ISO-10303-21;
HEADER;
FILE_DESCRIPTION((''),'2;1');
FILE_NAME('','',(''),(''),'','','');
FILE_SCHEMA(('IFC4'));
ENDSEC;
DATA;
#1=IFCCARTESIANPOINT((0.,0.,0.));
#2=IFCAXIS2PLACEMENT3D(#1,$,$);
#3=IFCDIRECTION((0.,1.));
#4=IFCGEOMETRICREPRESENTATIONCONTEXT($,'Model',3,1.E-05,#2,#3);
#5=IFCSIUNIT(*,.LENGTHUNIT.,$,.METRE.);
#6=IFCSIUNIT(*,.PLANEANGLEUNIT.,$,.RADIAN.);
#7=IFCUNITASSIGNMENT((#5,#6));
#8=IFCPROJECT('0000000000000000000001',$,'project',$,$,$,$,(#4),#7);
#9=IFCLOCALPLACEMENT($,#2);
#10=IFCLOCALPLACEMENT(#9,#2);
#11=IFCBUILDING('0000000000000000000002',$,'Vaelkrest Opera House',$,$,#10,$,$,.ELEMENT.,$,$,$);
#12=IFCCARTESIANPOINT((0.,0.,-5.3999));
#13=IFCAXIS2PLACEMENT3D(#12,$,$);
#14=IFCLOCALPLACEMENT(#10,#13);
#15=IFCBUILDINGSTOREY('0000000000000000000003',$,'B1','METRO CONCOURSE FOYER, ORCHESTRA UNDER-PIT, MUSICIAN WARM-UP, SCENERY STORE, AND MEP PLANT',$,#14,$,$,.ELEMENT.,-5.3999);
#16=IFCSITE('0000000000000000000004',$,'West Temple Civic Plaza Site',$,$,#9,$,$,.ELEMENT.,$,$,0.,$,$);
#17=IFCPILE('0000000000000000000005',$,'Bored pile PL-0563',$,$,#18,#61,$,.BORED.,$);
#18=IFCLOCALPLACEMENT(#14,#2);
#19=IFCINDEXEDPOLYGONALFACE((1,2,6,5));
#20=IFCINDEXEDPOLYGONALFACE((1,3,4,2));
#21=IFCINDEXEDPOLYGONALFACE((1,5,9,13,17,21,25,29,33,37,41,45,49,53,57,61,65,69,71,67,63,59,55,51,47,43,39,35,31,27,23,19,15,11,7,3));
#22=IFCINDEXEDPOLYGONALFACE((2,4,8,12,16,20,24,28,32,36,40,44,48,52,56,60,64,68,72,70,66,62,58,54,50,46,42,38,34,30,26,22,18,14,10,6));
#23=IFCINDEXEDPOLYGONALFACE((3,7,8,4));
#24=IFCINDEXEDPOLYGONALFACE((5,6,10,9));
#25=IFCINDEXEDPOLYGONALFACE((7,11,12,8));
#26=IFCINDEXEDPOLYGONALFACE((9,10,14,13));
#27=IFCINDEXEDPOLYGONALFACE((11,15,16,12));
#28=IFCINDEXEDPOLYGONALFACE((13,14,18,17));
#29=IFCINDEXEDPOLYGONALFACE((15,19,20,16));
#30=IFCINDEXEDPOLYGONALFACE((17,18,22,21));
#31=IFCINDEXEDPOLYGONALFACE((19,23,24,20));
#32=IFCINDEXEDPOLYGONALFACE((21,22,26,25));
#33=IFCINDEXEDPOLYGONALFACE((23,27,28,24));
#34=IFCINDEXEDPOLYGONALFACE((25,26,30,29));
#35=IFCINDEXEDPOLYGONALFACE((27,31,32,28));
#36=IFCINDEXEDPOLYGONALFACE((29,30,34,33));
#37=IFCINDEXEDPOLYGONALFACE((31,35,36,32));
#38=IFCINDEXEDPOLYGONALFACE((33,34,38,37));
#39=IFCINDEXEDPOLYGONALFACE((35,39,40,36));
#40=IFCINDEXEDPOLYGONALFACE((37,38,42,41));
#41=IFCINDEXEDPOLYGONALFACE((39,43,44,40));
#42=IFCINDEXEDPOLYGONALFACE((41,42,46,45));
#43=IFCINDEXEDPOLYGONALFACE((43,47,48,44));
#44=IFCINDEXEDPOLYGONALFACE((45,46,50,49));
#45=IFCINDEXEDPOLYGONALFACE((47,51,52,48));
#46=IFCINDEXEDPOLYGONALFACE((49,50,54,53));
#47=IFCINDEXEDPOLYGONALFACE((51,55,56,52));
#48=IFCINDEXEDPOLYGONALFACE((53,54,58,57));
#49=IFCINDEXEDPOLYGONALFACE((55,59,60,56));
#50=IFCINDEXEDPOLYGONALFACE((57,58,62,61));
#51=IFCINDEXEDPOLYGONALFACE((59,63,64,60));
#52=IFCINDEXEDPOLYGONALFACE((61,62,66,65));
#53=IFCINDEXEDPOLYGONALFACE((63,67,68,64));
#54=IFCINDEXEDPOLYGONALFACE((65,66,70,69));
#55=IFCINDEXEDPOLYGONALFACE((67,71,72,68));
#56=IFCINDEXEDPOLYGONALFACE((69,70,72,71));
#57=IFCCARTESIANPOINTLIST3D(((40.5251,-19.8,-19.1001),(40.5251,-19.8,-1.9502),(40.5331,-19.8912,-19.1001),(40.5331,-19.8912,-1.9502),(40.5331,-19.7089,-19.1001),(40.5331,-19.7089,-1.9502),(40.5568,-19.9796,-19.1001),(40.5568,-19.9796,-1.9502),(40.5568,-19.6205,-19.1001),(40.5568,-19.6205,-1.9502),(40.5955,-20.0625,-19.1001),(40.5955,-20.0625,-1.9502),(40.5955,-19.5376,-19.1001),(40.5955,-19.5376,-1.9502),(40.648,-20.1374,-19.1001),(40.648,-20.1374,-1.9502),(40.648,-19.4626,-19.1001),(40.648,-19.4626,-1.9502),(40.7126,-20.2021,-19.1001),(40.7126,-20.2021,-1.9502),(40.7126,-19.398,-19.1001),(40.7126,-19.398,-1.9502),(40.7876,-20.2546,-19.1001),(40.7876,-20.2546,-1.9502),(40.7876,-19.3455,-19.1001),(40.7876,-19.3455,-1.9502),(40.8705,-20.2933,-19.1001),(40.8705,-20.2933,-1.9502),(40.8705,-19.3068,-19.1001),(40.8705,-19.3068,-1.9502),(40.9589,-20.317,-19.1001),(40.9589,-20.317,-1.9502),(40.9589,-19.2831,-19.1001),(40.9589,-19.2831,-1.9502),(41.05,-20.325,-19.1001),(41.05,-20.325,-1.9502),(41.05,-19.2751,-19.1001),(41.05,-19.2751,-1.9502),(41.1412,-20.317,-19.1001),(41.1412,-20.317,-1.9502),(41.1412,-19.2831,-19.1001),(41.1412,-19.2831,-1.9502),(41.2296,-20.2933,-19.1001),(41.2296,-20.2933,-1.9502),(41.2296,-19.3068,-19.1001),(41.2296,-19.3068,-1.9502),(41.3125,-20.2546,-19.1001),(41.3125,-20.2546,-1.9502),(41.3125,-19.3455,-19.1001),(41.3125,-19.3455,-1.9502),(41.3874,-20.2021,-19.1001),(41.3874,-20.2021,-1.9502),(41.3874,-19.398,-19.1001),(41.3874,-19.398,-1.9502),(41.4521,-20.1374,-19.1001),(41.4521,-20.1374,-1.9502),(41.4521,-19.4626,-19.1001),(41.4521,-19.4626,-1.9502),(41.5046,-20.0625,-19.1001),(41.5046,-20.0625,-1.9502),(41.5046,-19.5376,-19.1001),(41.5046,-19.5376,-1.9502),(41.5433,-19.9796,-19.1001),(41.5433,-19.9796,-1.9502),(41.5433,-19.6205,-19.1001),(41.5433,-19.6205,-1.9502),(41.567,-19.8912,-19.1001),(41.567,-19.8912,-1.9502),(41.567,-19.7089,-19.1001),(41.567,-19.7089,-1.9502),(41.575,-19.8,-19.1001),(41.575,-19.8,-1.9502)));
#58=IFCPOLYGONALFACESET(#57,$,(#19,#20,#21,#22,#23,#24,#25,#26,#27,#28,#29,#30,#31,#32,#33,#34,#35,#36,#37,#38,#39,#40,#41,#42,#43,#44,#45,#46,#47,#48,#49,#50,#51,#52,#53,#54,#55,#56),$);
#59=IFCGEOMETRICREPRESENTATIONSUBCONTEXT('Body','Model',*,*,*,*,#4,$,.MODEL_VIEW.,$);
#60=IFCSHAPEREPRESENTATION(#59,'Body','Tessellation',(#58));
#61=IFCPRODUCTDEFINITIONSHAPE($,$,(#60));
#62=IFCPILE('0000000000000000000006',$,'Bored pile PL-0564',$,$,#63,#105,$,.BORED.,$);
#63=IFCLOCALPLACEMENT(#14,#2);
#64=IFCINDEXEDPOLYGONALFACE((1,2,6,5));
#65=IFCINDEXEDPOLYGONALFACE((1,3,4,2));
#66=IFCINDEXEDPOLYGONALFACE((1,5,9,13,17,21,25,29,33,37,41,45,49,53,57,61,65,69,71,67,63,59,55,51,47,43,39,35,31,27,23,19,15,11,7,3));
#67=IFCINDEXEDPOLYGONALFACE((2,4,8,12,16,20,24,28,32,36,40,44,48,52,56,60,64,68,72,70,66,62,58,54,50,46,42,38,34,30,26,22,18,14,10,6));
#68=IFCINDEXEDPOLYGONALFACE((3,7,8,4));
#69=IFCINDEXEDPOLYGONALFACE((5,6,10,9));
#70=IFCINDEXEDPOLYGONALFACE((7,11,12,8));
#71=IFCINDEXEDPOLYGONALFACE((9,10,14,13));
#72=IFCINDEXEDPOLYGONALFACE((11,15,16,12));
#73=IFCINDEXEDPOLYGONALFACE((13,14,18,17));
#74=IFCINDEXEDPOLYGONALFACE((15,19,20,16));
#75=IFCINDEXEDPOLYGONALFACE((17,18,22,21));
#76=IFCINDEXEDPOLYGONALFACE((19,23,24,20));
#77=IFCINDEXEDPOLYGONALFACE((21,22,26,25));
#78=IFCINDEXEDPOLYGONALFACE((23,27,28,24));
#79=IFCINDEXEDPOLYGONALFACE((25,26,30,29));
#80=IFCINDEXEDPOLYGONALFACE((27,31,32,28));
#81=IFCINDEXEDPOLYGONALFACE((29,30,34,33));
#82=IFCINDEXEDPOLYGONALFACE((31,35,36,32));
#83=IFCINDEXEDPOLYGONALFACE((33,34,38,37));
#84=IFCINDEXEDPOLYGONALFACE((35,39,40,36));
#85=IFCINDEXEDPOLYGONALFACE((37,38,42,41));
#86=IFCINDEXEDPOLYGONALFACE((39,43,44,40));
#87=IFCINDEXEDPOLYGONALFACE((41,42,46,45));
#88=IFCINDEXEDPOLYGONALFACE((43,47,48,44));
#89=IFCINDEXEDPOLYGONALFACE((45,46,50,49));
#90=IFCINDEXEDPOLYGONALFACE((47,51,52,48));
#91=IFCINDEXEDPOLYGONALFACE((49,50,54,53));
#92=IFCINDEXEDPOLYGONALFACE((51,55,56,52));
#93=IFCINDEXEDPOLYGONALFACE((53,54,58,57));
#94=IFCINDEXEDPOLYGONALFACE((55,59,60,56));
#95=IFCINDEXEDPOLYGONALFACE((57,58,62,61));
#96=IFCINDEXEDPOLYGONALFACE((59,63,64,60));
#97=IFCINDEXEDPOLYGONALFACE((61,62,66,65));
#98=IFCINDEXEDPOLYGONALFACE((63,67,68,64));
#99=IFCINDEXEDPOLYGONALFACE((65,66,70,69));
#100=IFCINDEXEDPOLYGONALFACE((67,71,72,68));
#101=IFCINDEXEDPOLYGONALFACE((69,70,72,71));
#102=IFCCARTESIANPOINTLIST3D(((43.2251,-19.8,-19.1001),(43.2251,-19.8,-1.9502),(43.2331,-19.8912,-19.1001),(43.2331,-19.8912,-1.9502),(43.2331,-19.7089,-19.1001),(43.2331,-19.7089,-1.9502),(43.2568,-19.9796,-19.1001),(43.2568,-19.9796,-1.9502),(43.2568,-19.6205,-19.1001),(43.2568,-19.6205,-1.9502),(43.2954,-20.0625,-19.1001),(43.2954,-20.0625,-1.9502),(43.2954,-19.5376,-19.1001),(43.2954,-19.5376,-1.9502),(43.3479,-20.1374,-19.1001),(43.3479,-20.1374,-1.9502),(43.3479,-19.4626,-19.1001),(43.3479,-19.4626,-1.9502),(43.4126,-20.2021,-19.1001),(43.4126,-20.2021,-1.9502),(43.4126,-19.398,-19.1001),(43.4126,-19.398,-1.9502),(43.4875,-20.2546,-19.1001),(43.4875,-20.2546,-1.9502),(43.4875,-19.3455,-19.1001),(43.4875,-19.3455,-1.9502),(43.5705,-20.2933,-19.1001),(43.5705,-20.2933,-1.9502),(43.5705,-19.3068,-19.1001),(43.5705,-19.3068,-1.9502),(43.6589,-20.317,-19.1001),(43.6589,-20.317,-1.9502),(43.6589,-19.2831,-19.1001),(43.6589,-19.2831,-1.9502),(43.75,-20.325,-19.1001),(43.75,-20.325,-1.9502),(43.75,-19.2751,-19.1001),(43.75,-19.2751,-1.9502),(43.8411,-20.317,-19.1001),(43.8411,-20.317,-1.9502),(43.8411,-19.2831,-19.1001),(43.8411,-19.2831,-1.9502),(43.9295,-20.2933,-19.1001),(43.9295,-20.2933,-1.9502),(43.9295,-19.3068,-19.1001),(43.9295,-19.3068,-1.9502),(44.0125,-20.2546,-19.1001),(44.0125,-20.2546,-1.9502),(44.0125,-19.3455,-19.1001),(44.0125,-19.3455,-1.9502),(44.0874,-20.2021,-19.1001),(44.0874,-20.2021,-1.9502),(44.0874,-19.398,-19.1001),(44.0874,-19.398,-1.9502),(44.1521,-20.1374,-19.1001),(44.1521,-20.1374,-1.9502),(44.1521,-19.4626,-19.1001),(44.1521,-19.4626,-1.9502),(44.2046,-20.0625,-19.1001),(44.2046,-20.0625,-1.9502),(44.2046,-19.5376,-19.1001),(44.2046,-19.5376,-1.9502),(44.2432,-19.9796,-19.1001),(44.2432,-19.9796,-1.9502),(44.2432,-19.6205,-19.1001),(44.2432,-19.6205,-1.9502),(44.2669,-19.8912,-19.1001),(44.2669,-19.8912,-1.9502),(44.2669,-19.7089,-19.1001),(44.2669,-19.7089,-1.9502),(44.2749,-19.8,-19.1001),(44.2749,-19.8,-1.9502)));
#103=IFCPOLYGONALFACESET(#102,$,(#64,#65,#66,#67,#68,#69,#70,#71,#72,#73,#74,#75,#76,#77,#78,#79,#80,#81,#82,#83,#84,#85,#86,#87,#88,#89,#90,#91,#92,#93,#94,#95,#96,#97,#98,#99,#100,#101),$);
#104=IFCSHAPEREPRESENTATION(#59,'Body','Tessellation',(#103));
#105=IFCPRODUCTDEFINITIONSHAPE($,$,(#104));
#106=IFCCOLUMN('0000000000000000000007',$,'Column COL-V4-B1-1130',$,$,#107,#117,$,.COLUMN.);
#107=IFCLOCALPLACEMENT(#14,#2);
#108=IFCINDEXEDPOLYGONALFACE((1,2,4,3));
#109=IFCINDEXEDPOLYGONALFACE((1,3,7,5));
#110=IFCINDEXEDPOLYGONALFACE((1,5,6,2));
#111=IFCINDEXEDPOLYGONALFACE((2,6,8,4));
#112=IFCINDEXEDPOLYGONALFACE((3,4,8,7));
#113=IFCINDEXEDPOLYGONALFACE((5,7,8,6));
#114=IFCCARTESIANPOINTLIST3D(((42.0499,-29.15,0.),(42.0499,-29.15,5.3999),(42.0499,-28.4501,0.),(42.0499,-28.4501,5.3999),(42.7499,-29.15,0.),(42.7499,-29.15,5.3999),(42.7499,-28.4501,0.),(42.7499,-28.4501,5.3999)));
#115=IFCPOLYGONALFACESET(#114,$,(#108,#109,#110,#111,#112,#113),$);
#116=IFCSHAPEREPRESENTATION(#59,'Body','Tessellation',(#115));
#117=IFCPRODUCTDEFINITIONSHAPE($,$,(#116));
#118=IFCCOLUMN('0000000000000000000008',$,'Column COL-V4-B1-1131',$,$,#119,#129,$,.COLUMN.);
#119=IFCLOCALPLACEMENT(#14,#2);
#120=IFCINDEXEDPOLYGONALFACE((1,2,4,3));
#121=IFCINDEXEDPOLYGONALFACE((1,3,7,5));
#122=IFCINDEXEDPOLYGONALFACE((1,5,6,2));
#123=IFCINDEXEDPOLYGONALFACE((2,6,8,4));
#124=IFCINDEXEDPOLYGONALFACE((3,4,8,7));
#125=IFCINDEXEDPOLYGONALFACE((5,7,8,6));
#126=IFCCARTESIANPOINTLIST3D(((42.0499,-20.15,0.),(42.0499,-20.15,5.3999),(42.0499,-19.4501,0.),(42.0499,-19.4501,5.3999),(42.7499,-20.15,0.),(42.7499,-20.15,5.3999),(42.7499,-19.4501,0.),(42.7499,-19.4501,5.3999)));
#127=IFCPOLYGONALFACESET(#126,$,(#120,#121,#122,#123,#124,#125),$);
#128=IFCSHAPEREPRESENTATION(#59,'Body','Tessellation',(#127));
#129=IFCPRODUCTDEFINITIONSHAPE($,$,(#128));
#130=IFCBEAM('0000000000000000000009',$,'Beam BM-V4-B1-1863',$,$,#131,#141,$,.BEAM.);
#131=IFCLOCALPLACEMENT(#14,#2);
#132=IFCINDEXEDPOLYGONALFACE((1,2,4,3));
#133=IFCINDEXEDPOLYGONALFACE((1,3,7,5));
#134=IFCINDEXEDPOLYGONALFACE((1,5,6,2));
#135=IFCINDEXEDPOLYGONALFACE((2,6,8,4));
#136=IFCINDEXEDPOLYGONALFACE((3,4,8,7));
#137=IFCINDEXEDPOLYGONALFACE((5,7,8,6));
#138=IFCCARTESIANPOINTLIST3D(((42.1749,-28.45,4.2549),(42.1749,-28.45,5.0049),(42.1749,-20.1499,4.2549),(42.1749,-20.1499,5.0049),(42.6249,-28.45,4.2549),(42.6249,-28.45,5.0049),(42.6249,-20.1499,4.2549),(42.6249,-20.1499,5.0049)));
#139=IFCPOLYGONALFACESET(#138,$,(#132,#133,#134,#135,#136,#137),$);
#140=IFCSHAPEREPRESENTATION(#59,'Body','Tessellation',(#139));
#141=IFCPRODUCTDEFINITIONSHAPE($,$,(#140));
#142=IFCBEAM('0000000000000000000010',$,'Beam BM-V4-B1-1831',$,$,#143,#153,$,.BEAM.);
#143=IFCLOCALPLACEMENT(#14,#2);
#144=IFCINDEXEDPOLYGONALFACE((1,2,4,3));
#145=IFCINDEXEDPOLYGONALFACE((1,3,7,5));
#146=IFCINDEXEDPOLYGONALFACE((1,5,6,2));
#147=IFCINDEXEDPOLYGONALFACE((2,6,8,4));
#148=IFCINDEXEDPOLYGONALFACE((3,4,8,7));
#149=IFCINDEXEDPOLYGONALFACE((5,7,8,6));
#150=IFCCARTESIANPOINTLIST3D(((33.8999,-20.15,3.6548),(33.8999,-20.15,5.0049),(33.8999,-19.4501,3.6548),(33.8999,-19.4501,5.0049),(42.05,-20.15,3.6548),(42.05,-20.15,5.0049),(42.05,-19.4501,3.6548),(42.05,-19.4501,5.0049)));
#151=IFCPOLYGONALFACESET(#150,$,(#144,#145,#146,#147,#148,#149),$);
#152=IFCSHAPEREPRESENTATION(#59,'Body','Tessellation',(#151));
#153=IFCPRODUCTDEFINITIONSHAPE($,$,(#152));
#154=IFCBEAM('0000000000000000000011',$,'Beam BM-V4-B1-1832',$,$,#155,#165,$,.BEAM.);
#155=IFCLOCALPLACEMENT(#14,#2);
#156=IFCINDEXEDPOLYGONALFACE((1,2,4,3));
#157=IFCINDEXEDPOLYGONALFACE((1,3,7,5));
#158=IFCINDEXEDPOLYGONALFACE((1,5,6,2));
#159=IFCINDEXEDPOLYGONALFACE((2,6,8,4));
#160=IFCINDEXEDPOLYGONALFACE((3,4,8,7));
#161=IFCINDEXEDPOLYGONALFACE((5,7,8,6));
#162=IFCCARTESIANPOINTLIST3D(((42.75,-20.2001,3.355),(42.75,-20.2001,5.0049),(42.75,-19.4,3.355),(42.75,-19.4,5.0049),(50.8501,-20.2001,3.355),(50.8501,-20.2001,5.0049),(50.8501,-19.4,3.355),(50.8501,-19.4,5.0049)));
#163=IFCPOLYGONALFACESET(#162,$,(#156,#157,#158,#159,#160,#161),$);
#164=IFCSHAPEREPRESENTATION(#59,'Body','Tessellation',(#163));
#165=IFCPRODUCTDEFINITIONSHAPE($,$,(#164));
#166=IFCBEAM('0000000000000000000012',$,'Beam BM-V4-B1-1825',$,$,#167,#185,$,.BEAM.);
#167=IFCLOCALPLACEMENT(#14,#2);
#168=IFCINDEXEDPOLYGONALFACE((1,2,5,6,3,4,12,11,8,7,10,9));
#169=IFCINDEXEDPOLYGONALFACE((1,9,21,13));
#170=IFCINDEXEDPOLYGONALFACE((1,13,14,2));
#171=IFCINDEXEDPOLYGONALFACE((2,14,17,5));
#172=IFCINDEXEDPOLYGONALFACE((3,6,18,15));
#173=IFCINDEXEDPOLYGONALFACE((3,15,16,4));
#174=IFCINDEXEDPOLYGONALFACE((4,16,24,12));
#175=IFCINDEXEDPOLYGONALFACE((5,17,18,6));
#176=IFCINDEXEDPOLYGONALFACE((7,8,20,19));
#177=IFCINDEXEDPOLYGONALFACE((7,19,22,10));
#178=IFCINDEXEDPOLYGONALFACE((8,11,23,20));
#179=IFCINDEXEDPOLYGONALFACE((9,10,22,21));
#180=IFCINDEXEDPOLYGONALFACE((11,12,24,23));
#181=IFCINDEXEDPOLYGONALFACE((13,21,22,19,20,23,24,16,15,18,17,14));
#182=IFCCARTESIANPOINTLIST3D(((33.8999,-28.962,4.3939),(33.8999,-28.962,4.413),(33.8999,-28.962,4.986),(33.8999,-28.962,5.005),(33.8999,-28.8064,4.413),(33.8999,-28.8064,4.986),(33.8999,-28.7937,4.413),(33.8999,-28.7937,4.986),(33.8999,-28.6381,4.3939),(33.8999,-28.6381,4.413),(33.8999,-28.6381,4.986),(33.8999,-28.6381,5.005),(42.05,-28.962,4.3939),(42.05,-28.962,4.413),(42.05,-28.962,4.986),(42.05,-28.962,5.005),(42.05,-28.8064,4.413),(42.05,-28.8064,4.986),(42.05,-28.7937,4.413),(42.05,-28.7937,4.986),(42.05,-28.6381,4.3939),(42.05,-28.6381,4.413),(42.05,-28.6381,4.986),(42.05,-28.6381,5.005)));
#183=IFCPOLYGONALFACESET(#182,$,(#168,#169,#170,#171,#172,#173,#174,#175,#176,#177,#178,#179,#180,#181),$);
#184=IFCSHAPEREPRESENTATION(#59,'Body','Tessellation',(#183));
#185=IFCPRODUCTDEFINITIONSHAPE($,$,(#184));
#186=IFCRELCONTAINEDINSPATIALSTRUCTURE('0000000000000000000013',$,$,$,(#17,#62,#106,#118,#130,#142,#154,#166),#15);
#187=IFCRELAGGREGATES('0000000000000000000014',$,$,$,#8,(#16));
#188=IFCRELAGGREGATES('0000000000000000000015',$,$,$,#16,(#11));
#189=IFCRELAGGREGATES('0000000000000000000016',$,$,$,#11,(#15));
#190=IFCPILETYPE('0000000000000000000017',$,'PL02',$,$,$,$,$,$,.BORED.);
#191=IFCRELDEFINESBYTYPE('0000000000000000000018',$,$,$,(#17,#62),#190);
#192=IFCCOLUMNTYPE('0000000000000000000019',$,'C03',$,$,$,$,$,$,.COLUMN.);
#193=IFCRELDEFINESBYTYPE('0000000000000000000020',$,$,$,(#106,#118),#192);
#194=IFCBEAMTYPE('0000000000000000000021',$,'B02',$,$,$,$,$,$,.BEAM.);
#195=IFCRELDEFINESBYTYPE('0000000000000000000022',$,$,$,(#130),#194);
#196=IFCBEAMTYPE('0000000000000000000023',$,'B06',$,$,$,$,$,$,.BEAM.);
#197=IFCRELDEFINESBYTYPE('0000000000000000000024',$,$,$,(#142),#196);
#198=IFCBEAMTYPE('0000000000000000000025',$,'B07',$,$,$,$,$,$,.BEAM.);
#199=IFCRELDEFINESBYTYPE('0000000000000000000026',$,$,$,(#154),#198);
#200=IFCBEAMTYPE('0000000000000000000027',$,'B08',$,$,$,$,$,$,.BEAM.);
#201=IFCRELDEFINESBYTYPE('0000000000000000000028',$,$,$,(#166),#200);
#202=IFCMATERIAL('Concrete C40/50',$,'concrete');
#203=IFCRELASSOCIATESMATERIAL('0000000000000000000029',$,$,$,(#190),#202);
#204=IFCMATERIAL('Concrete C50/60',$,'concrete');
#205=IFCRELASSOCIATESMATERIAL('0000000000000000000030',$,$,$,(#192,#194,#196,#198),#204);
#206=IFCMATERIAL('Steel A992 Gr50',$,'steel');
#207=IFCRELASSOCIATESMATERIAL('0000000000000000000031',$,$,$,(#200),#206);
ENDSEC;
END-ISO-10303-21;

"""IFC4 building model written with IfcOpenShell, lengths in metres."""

from ifc_helpers import new_model, si_unit, direction, frame, origin, origin_2d, place, context, subcontext, project, spatial, rectangle, circle, i_section, extrude, material, material_profile, profile_set, type_object, element, save


model = new_model("IFC4")

# Units and contexts
model_context = context("Model", 3, precision=1e-05, world=origin(), true_north=direction((0.0, 1.0)))
body_context = subcontext(model_context, "Body", "Model", "MODEL_VIEW")
ifc_project = project(units=[si_unit("LENGTHUNIT", "METRE"), si_unit("PLANEANGLEUNIT", "RADIAN")], contexts=[model_context])

# Site, building, storey
site_placement = place(None, origin())
site = spatial("IfcSite", under=ifc_project, at=site_placement, Name="West Temple Civic Plaza Site", CompositionType="ELEMENT", RefElevation=0.0)
building_placement = place(site_placement, origin())
building = spatial("IfcBuilding", under=site, at=building_placement, Name="Vaelkrest Opera House", CompositionType="ELEMENT")
storey_placement = place(building_placement, frame((0.0, 0.0, -5.3999)))
storey = spatial("IfcBuildingStorey", under=building, at=storey_placement, Name="B1", Description="METRO CONCOURSE FOYER, ORCHESTRA UNDER-PIT, MUSICIAN WARM-UP, SCENERY STORE, AND MEP PLANT", CompositionType="ELEMENT", Elevation=-5.3999)

# Shared definitions
ifc_material_1 = material(Name="Concrete C40/50", Category="concrete")

# Piles
ifc_material_profile_1 = material_profile(ifc_material_1, circle(Radius=0.5249, at=origin_2d()), Name="PILE1050")
ifc_profile_set_1 = profile_set([ifc_material_profile_1], Name="Concrete C40/50")
pile_type = type_object("IfcPileType", Name="PL02", PredefinedType="BORED", material=ifc_profile_set_1)
for number, where, z_axis, x_axis, name in (
    (1, (41.05, -19.8, -1.9502), (0.0, 0.0, -1.0), (1.0, 0.0, 0.0), "Bored pile PL-0563"),
    (2, (43.75, -19.8, -1.9502), (0.0, 0.0, -1.0), (1.0, 0.0, 0.0), "Bored pile PL-0564"),
):
    element("IfcPile", number, at=place(storey_placement, frame(where, z_axis=z_axis, x_axis=x_axis)), inside=storey, type_object=pile_type, Name=name, PredefinedType="BORED", context=body_context, shape_type="SweptSolid", body=[
        extrude(circle(Radius=0.5249, at=origin_2d()), origin(), (0.0, 0.0, 1.0), 17.1499),
    ])

# Columns
ifc_material_2 = material(Name="Concrete C50/60", Category="concrete")
ifc_material_profile_2 = material_profile(ifc_material_2, rectangle(XDim=0.7, YDim=0.7, at=origin_2d()), Name="RC700X700")
ifc_profile_set_2 = profile_set([ifc_material_profile_2], Name="Concrete C50/60")
column_type = type_object("IfcColumnType", Name="C03", PredefinedType="COLUMN", material=ifc_profile_set_2)
for number, where, z_axis, x_axis, name in (
    (3, (42.3999, -28.8, 0.0), (0.0, 0.0, 1.0), (1.0, 0.0, 0.0), "Column COL-V4-B1-1130"),
    (4, (42.3999, -19.8, 0.0), (0.0, 0.0, 1.0), (1.0, 0.0, 0.0), "Column COL-V4-B1-1131"),
):
    element("IfcColumn", number, at=place(storey_placement, frame(where, z_axis=z_axis, x_axis=x_axis)), inside=storey, type_object=column_type, Name=name, PredefinedType="COLUMN", context=body_context, shape_type="SweptSolid", body=[
        extrude(rectangle(XDim=0.7, YDim=0.7, at=origin_2d()), origin(), (0.0, 0.0, 1.0), 5.3999),
    ])

# Beams
ifc_material_profile_3 = material_profile(ifc_material_2, rectangle(XDim=0.45, YDim=0.75, at=origin_2d()), Name="RCB450X750")
ifc_profile_set_3 = profile_set([ifc_material_profile_3], Name="Concrete C50/60")
beam_type_1 = type_object("IfcBeamType", Name="B02", PredefinedType="BEAM", material=ifc_profile_set_3)
beam_1_placement = place(storey_placement, frame((42.3999, -28.45, 4.6299), z_axis=(0.0, 1.0, 0.0), x_axis=(-1.0, 0.0, 0.0)))
element("IfcBeam", 5, at=beam_1_placement, inside=storey, type_object=beam_type_1, Name="Beam BM-V4-B1-1863", PredefinedType="BEAM", context=body_context, shape_type="SweptSolid", body=[
    extrude(rectangle(XDim=0.45, YDim=0.75, at=origin_2d()), origin(), (0.0, 0.0, 1.0), 8.3),
])
ifc_material_profile_4 = material_profile(ifc_material_2, rectangle(XDim=0.7, YDim=1.3501, at=origin_2d()), Name="RCB700X1350")
ifc_profile_set_4 = profile_set([ifc_material_profile_4], Name="Concrete C50/60")
beam_type_2 = type_object("IfcBeamType", Name="B06", PredefinedType="BEAM", material=ifc_profile_set_4)
beam_2_placement = place(storey_placement, frame((33.8999, -19.8, 4.3298), z_axis=(1.0, 0.0, 0.0), x_axis=(0.0, 1.0, 0.0)))
element("IfcBeam", 6, at=beam_2_placement, inside=storey, type_object=beam_type_2, Name="Beam BM-V4-B1-1831", PredefinedType="BEAM", context=body_context, shape_type="SweptSolid", body=[
    extrude(rectangle(XDim=0.7, YDim=1.3501, at=origin_2d()), origin(), (0.0, 0.0, 1.0), 8.1501),
])
ifc_material_profile_5 = material_profile(ifc_material_2, rectangle(XDim=0.8, YDim=1.6499, at=origin_2d()), Name="RCB800X1650")
ifc_profile_set_5 = profile_set([ifc_material_profile_5], Name="Concrete C50/60")
beam_type_3 = type_object("IfcBeamType", Name="B07", PredefinedType="BEAM", material=ifc_profile_set_5)
beam_3_placement = place(storey_placement, frame((42.75, -19.8, 4.1799), z_axis=(1.0, 0.0, 0.0), x_axis=(0.0, 1.0, 0.0)))
element("IfcBeam", 7, at=beam_3_placement, inside=storey, type_object=beam_type_3, Name="Beam BM-V4-B1-1832", PredefinedType="BEAM", context=body_context, shape_type="SweptSolid", body=[
    extrude(rectangle(XDim=0.8, YDim=1.6499, at=origin_2d()), origin(), (0.0, 0.0, 1.0), 8.1001),
])
ifc_material_3 = material(Name="Steel A992 Gr50", Category="steel")
ifc_material_profile_6 = material_profile(ifc_material_3, i_section(OverallWidth=0.324, OverallDepth=0.6111, WebThickness=0.0127, FlangeThickness=0.019, at=origin_2d()), Name="W24X104")
ifc_profile_set_6 = profile_set([ifc_material_profile_6], Name="Steel A992 Gr50")
beam_type_4 = type_object("IfcBeamType", Name="B08", PredefinedType="BEAM", material=ifc_profile_set_6)
beam_4_placement = place(storey_placement, frame((33.8999, -28.8, 4.6995), z_axis=(1.0, 0.0, 0.0), x_axis=(0.0, 1.0, 0.0)))
element("IfcBeam", 8, at=beam_4_placement, inside=storey, type_object=beam_type_4, Name="Beam BM-V4-B1-1825", PredefinedType="BEAM", context=body_context, shape_type="SweptSolid", body=[
    extrude(i_section(OverallWidth=0.324, OverallDepth=0.6111, WebThickness=0.0127, FlangeThickness=0.019, at=origin_2d()), origin(), (0.0, 0.0, 1.0), 8.1501),
])

save(model, "model.ifc")
